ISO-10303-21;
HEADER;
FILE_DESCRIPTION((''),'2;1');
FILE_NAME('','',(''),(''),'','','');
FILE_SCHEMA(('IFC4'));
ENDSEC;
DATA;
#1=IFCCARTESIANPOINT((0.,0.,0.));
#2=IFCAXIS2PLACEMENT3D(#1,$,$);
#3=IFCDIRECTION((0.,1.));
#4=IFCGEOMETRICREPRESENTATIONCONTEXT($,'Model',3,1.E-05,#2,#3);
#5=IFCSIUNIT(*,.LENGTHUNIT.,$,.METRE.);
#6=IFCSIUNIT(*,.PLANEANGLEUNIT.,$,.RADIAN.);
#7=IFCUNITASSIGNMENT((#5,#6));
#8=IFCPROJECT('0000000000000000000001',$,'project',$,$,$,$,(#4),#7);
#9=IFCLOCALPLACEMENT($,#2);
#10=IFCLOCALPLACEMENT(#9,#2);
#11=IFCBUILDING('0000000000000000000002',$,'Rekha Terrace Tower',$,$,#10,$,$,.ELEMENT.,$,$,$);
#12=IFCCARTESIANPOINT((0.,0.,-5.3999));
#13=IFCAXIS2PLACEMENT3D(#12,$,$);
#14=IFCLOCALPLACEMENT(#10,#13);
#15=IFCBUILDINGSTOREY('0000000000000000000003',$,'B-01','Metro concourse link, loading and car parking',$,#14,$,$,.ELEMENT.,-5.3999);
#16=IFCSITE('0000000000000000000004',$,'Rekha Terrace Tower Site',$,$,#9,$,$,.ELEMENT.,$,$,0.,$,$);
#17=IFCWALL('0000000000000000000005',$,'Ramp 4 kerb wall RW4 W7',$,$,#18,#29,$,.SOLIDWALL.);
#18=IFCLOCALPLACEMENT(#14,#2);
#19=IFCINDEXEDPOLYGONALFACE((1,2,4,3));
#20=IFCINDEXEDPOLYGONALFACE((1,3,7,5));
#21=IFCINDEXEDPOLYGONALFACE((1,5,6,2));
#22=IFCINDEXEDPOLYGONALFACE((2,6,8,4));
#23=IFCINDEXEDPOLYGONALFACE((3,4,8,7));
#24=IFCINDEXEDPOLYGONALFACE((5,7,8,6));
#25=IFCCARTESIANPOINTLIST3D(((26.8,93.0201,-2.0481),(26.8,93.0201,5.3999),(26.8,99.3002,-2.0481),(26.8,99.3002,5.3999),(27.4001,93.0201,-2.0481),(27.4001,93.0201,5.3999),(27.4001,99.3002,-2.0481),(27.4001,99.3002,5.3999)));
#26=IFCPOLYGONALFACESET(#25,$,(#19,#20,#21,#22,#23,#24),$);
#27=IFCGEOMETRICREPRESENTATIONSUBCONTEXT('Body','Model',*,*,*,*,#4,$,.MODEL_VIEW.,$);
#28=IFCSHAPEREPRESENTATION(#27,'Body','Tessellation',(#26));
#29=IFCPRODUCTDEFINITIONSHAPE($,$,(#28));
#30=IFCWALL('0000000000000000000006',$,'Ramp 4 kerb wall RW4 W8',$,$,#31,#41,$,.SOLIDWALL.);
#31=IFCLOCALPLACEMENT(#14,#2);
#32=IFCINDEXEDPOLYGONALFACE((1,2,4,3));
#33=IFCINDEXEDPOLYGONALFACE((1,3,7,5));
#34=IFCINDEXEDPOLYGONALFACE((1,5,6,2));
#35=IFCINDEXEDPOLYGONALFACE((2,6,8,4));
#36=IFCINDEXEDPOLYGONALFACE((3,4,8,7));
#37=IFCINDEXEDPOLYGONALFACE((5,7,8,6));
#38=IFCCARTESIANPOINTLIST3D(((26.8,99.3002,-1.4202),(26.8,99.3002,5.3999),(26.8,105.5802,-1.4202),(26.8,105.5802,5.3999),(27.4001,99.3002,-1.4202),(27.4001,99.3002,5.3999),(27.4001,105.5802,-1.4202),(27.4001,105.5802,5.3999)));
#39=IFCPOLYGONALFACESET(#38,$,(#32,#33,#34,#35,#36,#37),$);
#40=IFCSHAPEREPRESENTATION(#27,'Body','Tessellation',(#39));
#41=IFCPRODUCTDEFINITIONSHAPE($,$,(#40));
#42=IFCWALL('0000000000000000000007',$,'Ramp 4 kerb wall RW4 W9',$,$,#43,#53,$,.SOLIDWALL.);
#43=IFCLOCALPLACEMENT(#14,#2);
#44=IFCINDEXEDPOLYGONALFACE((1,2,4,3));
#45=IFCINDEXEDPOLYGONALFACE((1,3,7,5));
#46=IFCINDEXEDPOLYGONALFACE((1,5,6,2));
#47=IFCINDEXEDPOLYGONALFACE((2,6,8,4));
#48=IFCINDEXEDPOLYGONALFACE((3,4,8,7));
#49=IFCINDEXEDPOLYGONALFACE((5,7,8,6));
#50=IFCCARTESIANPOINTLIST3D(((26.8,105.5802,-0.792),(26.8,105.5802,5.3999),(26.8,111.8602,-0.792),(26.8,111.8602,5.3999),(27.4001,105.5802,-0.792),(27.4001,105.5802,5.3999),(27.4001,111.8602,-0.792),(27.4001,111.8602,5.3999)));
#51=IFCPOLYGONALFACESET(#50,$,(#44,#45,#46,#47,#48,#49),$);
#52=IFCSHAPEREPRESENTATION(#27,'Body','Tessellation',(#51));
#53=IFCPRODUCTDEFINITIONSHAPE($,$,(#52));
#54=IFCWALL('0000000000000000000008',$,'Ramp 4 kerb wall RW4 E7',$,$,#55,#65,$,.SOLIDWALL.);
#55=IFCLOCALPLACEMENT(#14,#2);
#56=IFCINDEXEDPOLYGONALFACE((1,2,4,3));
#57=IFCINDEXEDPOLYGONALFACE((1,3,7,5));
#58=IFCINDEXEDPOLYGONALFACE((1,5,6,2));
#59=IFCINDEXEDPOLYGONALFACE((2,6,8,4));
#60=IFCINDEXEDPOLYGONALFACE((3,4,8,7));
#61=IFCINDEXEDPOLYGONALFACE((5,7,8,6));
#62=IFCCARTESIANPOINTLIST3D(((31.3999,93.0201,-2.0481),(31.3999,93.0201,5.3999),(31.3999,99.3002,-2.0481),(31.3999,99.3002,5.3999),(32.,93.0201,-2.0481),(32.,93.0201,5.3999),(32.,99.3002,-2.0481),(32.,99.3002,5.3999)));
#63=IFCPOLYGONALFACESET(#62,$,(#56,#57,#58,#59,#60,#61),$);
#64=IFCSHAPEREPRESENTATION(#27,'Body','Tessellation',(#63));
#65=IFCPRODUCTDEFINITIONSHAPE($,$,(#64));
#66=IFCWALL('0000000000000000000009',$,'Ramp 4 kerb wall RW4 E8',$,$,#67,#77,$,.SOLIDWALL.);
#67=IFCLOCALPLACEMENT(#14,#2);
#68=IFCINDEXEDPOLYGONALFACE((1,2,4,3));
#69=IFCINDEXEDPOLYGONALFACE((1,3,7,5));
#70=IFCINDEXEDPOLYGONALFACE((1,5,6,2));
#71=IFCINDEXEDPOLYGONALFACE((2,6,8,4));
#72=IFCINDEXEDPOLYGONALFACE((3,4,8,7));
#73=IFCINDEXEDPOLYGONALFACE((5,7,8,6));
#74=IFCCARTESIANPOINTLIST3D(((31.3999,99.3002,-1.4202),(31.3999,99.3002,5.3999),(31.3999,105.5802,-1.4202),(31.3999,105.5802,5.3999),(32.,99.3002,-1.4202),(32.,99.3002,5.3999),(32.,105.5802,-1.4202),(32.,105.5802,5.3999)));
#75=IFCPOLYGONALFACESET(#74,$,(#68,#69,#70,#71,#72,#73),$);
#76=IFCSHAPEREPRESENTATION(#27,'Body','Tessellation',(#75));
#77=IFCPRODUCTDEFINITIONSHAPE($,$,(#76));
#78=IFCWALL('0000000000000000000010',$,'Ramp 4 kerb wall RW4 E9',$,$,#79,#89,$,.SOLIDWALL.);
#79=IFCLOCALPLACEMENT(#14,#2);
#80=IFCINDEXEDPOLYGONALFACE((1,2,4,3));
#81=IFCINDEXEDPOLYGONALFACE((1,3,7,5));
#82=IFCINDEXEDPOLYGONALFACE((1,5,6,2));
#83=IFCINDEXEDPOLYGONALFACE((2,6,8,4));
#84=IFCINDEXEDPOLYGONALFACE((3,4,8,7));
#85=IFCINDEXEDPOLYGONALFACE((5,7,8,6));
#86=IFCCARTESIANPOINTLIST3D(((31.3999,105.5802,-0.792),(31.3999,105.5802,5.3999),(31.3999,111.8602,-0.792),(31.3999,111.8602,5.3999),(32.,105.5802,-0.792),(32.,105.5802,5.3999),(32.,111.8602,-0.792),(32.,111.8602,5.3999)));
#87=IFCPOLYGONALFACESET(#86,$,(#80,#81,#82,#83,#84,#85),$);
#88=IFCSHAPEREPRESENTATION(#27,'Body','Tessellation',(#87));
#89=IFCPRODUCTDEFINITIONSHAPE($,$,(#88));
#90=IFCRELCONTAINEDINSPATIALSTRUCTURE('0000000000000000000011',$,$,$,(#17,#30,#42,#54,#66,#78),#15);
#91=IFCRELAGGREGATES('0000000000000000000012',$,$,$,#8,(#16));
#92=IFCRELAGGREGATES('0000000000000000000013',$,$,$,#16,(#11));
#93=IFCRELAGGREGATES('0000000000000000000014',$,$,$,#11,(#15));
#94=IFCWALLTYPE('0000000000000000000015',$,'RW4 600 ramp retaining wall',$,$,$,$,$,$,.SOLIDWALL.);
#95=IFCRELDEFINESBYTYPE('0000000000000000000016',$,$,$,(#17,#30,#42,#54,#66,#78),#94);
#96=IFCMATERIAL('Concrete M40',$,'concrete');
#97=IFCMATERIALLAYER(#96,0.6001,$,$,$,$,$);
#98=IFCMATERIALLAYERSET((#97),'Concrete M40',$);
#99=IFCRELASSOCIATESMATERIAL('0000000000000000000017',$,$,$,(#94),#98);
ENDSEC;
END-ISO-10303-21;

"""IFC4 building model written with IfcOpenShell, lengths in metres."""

from ifc_helpers import new_model, si_unit, direction, frame, frame_2d, origin, place, context, subcontext, project, spatial, rectangle, extrude, material, layer, layer_set, type_object, element, save


model = new_model("IFC4")

# Units and contexts
model_context = context("Model", 3, precision=1e-05, world=origin(), true_north=direction((0.0, 1.0)))
body_context = subcontext(model_context, "Body", "Model", "MODEL_VIEW")
ifc_project = project(units=[si_unit("LENGTHUNIT", "METRE"), si_unit("PLANEANGLEUNIT", "RADIAN")], contexts=[model_context])

# Site, building, storey
site_placement = place(None, origin())
site = spatial("IfcSite", under=ifc_project, at=site_placement, Name="Rekha Terrace Tower Site", CompositionType="ELEMENT", RefElevation=0.0)
building_placement = place(site_placement, origin())
building = spatial("IfcBuilding", under=site, at=building_placement, Name="Rekha Terrace Tower", CompositionType="ELEMENT")
storey_placement = place(building_placement, frame((0.0, 0.0, -5.3999)))
storey = spatial("IfcBuildingStorey", under=building, at=storey_placement, Name="B-01", Description="Metro concourse link, loading and car parking", CompositionType="ELEMENT", Elevation=-5.3999)

# Shared definitions
ifc_material = material(Name="Concrete M40", Category="concrete")

# Walls
ifc_layer_1 = layer(ifc_material, 0.6001)
ifc_layer_set_1 = layer_set([ifc_layer_1], Name="Concrete M40")
wall_type_1 = type_object("IfcWallType", Name="RW4 600 ramp retaining wall", PredefinedType="SOLIDWALL", material=ifc_layer_set_1)
wall_1_placement = place(storey_placement, frame((27.1001, 93.02, -2.0481), z_axis=(0.0, 0.0, 1.0), x_axis=(0.0, 1.0, 0.0)))
element("IfcWall", 1, at=wall_1_placement, inside=storey, type_object=wall_type_1, Name="Ramp 4 kerb wall RW4 W7", PredefinedType="SOLIDWALL", context=body_context, shape_type="SweptSolid", body=[
    extrude(rectangle(XDim=6.28, YDim=0.6001, at=frame_2d((3.1401, 0.0))), origin(), (0.0, 0.0, 1.0), 7.448),
])
wall_2_placement = place(storey_placement, frame((27.1001, 99.3, -1.4202), z_axis=(0.0, 0.0, 1.0), x_axis=(0.0, 1.0, 0.0)))
element("IfcWall", 2, at=wall_2_placement, inside=storey, type_object=wall_type_1, Name="Ramp 4 kerb wall RW4 W8", PredefinedType="SOLIDWALL", context=body_context, shape_type="SweptSolid", body=[
    extrude(rectangle(XDim=6.28, YDim=0.6001, at=frame_2d((3.1401, 0.0))), origin(), (0.0, 0.0, 1.0), 6.8201),
])
wall_3_placement = place(storey_placement, frame((27.1001, 105.5801, -0.792), z_axis=(0.0, 0.0, 1.0), x_axis=(0.0, 1.0, 0.0)))
element("IfcWall", 3, at=wall_3_placement, inside=storey, type_object=wall_type_1, Name="Ramp 4 kerb wall RW4 W9", PredefinedType="SOLIDWALL", context=body_context, shape_type="SweptSolid", body=[
    extrude(rectangle(XDim=6.28, YDim=0.6001, at=frame_2d((3.1401, 0.0))), origin(), (0.0, 0.0, 1.0), 6.1919),
])
wall_4_placement = place(storey_placement, frame((31.7, 93.02, -2.0481), z_axis=(0.0, 0.0, 1.0), x_axis=(0.0, 1.0, 0.0)))
element("IfcWall", 4, at=wall_4_placement, inside=storey, type_object=wall_type_1, Name="Ramp 4 kerb wall RW4 E7", PredefinedType="SOLIDWALL", context=body_context, shape_type="SweptSolid", body=[
    extrude(rectangle(XDim=6.28, YDim=0.6001, at=frame_2d((3.1401, 0.0))), origin(), (0.0, 0.0, 1.0), 7.448),
])
wall_5_placement = place(storey_placement, frame((31.7, 99.3, -1.4202), z_axis=(0.0, 0.0, 1.0), x_axis=(0.0, 1.0, 0.0)))
element("IfcWall", 5, at=wall_5_placement, inside=storey, type_object=wall_type_1, Name="Ramp 4 kerb wall RW4 E8", PredefinedType="SOLIDWALL", context=body_context, shape_type="SweptSolid", body=[
    extrude(rectangle(XDim=6.28, YDim=0.6001, at=frame_2d((3.1401, 0.0))), origin(), (0.0, 0.0, 1.0), 6.8201),
])
wall_6_placement = place(storey_placement, frame((31.7, 105.5801, -0.792), z_axis=(0.0, 0.0, 1.0), x_axis=(0.0, 1.0, 0.0)))
element("IfcWall", 6, at=wall_6_placement, inside=storey, type_object=wall_type_1, Name="Ramp 4 kerb wall RW4 E9", PredefinedType="SOLIDWALL", context=body_context, shape_type="SweptSolid", body=[
    extrude(rectangle(XDim=6.28, YDim=0.6001, at=frame_2d((3.1401, 0.0))), origin(), (0.0, 0.0, 1.0), 6.1919),
])

save(model, "model.ifc")
